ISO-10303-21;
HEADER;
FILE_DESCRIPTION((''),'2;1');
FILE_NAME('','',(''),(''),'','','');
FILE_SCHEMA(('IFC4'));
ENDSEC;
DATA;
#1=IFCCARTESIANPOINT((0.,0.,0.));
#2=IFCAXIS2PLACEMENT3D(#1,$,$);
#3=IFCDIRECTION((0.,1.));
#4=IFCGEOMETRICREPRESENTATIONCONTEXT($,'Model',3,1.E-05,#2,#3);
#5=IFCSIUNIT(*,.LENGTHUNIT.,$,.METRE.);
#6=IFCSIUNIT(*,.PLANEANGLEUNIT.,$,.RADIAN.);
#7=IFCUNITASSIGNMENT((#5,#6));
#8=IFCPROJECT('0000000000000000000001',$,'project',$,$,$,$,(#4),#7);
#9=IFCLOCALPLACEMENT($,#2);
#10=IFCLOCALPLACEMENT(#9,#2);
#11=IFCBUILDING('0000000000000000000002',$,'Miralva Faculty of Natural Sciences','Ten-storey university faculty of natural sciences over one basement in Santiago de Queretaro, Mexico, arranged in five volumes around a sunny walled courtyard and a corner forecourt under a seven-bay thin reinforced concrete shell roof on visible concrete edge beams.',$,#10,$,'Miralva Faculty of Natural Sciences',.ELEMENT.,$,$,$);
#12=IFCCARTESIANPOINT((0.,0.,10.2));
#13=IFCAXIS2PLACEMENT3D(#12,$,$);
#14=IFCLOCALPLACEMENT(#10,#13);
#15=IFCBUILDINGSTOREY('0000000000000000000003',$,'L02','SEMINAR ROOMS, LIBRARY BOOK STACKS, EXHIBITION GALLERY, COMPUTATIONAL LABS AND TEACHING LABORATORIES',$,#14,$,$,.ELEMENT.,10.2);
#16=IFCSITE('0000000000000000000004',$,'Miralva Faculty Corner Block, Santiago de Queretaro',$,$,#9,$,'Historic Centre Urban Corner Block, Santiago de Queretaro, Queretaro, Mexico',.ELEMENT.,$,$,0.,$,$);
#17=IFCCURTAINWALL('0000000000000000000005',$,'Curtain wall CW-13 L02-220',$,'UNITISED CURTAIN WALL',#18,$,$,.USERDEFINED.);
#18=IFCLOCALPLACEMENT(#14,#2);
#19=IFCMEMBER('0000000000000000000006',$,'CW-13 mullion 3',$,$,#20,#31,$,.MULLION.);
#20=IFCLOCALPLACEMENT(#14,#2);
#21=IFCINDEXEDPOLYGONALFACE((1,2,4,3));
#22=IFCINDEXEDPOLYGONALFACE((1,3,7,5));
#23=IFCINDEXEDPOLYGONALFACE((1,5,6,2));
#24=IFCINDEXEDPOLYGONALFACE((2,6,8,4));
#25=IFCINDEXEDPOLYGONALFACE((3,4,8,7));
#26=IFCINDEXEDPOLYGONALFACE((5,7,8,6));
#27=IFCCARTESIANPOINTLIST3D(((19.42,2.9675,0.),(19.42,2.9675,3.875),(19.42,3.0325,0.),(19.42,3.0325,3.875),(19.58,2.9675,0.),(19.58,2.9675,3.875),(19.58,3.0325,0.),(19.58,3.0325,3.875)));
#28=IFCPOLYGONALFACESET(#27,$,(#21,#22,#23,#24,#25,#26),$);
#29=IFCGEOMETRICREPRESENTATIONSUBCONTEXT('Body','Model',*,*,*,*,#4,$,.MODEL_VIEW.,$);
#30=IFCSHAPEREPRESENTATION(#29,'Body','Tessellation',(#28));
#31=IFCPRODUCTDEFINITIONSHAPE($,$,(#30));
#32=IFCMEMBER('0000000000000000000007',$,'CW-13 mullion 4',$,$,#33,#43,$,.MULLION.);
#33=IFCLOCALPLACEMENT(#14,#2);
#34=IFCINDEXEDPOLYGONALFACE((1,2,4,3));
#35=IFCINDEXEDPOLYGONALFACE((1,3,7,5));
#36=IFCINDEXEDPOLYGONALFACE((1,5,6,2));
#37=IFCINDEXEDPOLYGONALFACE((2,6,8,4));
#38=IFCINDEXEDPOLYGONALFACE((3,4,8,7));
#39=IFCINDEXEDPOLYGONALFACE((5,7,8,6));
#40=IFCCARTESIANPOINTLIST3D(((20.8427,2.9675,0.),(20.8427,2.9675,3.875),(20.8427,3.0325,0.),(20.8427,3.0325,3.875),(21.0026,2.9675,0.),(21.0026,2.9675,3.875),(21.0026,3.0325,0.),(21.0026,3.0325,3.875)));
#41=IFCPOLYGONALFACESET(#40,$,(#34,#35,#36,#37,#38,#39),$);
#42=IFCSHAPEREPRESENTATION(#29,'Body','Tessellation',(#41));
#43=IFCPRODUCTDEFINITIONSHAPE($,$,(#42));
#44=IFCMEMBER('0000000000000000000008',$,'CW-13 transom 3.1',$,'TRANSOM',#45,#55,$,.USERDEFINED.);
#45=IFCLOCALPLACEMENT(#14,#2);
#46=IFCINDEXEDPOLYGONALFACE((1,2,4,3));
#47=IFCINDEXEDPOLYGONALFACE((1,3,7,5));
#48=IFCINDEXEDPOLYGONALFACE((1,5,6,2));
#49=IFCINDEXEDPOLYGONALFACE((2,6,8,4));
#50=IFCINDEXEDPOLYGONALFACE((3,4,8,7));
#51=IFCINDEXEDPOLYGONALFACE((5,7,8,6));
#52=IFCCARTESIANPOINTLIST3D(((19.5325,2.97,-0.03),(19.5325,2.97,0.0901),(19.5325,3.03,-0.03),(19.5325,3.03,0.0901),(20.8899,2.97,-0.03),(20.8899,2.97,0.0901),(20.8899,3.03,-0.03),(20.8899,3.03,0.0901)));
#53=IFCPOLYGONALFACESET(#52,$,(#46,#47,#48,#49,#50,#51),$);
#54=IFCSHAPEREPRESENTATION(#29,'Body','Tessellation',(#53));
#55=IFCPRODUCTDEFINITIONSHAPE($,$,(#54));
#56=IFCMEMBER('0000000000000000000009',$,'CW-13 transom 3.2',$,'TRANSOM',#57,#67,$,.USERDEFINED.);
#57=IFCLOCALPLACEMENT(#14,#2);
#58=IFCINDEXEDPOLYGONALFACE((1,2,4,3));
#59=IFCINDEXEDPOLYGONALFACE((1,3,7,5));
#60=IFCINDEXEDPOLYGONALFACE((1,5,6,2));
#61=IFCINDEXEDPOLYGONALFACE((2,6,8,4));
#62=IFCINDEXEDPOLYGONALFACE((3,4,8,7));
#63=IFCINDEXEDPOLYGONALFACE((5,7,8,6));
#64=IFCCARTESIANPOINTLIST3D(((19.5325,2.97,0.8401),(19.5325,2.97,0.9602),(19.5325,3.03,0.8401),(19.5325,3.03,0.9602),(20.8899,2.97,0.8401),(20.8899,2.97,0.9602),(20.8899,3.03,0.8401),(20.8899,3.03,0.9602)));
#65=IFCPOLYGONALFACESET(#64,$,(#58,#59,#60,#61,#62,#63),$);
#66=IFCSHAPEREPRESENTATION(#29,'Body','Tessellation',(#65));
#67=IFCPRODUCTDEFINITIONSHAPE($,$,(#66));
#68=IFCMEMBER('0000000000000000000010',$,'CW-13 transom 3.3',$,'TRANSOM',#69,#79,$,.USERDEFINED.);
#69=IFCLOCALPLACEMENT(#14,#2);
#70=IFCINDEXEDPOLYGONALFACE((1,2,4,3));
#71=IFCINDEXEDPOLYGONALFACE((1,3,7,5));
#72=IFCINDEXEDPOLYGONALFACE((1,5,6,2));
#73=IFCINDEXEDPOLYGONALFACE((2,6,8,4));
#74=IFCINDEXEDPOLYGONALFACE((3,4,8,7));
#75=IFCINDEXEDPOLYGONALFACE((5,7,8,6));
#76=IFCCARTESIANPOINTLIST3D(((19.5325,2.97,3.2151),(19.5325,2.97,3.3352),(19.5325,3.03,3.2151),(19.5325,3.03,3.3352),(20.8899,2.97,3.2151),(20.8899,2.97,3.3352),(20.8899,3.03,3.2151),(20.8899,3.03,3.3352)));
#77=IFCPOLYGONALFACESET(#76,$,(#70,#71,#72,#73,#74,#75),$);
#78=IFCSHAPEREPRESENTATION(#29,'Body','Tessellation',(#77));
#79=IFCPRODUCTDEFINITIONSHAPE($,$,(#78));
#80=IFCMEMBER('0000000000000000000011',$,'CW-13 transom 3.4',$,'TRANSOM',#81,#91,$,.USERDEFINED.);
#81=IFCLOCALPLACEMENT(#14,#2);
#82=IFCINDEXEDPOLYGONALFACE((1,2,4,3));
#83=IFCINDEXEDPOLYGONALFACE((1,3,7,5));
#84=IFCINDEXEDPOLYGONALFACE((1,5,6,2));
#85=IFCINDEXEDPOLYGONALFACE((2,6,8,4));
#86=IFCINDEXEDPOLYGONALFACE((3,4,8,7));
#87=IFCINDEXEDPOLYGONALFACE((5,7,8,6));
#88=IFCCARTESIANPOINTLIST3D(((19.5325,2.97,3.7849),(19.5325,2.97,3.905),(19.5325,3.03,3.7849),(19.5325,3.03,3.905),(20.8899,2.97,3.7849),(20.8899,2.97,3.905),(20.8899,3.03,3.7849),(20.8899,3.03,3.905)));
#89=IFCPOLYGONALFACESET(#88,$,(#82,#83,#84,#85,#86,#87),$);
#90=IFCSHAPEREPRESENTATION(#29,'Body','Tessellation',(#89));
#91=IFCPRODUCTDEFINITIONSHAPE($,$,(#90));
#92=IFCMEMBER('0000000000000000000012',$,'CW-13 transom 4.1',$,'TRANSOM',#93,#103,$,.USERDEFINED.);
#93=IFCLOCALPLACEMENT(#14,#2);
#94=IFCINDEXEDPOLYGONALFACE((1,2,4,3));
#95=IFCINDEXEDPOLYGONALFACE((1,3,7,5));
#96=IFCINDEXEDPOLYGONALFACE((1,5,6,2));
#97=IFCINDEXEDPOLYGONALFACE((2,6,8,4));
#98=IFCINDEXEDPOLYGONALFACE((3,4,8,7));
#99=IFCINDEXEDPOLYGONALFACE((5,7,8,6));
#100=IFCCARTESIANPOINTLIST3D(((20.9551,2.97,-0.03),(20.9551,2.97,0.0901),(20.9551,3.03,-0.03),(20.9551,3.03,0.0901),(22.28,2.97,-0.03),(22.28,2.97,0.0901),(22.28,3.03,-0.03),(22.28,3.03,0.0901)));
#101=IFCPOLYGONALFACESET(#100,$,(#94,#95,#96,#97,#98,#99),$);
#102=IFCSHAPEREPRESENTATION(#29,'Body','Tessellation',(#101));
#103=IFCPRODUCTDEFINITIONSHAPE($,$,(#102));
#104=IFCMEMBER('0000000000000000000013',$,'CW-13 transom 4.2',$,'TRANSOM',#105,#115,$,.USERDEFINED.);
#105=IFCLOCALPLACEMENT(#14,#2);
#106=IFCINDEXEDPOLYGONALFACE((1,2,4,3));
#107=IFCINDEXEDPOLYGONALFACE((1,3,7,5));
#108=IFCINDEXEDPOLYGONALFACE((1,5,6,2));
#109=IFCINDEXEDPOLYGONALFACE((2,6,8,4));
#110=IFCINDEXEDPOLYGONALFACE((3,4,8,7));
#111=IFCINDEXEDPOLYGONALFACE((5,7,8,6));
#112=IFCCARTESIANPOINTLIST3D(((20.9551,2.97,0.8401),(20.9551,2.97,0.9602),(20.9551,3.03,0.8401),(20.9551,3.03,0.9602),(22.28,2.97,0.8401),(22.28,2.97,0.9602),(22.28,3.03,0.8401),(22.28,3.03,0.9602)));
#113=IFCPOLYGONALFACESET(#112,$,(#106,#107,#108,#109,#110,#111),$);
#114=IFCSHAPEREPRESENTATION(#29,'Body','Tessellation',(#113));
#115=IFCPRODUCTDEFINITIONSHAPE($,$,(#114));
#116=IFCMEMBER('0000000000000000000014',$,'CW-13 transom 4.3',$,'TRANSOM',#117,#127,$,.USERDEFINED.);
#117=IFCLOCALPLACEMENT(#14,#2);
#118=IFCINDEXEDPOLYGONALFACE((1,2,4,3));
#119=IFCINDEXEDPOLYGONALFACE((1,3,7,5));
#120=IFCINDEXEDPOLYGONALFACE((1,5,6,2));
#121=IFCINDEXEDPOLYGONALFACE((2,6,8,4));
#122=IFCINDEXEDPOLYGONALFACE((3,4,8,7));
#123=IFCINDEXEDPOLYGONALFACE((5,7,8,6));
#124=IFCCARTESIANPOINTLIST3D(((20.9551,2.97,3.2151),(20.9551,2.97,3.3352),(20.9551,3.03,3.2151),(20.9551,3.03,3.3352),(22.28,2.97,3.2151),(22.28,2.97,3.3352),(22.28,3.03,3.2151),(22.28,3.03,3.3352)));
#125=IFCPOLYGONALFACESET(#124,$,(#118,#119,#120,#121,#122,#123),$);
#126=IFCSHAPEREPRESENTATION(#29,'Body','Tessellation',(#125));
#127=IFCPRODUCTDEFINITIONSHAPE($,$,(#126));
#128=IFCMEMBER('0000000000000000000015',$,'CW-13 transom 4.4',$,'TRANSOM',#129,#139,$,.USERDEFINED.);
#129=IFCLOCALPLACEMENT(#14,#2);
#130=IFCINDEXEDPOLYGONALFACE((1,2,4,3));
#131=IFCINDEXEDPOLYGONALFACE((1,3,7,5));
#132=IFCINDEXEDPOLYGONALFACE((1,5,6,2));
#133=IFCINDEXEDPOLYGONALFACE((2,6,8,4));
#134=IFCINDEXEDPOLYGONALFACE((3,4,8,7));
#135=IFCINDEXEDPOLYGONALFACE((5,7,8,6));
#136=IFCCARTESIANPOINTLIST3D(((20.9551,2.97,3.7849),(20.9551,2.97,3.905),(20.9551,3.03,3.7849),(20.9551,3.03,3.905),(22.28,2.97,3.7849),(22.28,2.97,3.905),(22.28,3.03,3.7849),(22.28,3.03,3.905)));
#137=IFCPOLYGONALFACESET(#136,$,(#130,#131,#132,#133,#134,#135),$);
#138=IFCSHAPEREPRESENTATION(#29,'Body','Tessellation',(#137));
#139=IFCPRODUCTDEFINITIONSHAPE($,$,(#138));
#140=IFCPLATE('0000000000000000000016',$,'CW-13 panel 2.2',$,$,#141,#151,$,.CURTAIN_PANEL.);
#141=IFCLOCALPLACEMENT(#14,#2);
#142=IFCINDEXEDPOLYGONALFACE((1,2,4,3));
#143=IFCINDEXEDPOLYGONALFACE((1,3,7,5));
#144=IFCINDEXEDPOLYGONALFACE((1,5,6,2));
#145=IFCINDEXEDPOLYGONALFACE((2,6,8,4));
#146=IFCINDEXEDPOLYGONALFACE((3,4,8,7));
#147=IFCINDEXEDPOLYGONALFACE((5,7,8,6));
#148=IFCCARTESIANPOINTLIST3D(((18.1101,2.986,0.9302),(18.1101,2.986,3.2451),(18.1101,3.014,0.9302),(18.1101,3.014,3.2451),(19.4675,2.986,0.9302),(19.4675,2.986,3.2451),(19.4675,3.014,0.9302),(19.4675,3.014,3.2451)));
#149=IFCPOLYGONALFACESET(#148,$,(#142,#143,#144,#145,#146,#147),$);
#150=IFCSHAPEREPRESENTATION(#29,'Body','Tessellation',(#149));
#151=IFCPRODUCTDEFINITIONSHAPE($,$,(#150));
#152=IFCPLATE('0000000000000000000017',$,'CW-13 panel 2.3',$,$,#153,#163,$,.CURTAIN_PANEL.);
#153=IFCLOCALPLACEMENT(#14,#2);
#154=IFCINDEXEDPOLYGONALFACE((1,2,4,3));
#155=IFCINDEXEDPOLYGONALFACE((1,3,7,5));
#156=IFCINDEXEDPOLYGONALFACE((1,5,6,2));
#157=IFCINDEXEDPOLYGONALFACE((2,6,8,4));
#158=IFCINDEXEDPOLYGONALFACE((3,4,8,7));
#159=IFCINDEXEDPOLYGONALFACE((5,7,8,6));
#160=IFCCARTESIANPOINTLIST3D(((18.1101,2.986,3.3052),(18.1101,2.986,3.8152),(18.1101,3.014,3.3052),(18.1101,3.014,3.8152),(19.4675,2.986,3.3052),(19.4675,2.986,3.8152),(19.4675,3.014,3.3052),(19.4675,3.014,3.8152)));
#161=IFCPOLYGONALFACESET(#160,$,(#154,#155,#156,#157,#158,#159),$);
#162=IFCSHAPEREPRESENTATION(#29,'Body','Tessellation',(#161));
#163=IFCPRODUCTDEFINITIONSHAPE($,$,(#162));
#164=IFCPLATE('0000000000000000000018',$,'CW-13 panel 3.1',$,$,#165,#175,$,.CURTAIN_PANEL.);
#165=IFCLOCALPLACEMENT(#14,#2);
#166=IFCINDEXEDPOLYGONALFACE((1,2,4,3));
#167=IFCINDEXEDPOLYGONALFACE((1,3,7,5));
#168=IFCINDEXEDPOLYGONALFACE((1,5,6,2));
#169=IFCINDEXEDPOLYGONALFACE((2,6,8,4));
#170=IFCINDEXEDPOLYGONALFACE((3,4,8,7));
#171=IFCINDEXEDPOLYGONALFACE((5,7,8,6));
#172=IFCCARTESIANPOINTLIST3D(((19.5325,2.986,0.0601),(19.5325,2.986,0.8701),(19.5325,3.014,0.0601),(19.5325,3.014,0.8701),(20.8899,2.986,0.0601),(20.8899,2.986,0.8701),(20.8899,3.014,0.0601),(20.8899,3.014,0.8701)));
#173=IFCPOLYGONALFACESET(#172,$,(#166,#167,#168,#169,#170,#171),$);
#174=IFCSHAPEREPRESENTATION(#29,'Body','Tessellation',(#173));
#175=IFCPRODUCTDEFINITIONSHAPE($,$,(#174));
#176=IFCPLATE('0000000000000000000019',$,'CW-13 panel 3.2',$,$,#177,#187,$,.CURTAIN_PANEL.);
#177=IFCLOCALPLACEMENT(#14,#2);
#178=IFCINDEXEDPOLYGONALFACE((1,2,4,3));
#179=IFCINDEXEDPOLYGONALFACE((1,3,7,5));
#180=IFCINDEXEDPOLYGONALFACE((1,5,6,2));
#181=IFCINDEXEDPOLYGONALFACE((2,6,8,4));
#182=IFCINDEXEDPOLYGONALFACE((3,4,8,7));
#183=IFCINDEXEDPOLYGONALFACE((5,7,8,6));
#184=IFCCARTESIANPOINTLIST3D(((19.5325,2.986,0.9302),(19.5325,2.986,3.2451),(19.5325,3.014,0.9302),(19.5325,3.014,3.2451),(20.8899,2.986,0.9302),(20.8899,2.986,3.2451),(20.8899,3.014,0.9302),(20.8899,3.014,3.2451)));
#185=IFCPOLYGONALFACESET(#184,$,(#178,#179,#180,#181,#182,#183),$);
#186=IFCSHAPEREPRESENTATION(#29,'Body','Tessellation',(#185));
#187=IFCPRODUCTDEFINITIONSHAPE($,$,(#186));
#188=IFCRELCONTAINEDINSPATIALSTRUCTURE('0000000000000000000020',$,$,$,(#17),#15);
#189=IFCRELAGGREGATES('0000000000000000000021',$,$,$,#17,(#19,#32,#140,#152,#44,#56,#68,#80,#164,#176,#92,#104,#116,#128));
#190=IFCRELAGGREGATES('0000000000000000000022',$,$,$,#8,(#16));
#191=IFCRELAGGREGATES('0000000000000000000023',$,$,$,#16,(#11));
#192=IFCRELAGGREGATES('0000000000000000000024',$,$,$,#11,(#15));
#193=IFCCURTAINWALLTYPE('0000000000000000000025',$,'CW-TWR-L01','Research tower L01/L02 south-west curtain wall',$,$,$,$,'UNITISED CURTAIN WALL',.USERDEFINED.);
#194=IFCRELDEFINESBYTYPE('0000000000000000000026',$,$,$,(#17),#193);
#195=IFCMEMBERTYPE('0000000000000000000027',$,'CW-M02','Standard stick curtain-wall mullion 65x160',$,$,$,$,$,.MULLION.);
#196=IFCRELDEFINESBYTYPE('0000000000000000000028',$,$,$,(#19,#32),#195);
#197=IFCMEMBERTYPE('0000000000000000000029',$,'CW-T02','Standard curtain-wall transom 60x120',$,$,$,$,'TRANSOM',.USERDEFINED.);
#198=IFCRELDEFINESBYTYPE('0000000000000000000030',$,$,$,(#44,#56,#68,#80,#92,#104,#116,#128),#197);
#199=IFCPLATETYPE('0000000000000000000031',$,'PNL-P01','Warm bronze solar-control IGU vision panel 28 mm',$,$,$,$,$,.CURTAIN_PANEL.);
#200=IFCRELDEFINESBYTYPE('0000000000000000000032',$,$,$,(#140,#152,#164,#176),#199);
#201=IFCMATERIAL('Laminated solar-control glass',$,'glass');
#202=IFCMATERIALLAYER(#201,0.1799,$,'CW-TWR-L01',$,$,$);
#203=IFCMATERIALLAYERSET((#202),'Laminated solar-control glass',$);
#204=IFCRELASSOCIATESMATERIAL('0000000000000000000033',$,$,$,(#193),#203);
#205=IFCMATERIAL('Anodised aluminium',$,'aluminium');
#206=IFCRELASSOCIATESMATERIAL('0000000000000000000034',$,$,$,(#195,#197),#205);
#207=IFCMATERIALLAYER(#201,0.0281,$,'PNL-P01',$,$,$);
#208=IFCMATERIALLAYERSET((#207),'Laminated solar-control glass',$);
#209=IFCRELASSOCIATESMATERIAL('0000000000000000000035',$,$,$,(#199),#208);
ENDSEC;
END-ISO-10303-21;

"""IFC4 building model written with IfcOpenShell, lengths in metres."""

from ifc_helpers import new_model, si_unit, direction, frame, origin, origin_2d, place, context, subcontext, project, spatial, rectangle, extrude, material, layer, layer_set, material_profile, profile_set, type_object, element, aggregate, save


model = new_model("IFC4")

# Units and contexts
model_context = context("Model", 3, precision=1e-05, world=origin(), true_north=direction((0.0, 1.0)))
body_context = subcontext(model_context, "Body", "Model", "MODEL_VIEW")
ifc_project = project(units=[si_unit("LENGTHUNIT", "METRE"), si_unit("PLANEANGLEUNIT", "RADIAN")], contexts=[model_context])

# Site, building, storey
site_placement = place(None, origin())
site = spatial("IfcSite", under=ifc_project, at=site_placement, Name="Miralva Faculty Corner Block, Santiago de Queretaro", LongName="Historic Centre Urban Corner Block, Santiago de Queretaro, Queretaro, Mexico", CompositionType="ELEMENT", RefElevation=0.0)
building_placement = place(site_placement, origin())
building = spatial("IfcBuilding", under=site, at=building_placement, Name="Miralva Faculty of Natural Sciences", Description="Ten-storey university faculty of natural sciences over one basement in Santiago de Queretaro, Mexico, arranged in five volumes around a sunny walled courtyard and a corner forecourt under a seven-bay thin reinforced concrete shell roof on visible concrete edge beams.", LongName="Miralva Faculty of Natural Sciences", CompositionType="ELEMENT")
storey_placement = place(building_placement, frame((0.0, 0.0, 10.2)))
storey = spatial("IfcBuildingStorey", under=building, at=storey_placement, Name="L02", Description="SEMINAR ROOMS, LIBRARY BOOK STACKS, EXHIBITION GALLERY, COMPUTATIONAL LABS AND TEACHING LABORATORIES", CompositionType="ELEMENT", Elevation=10.2)

# Curtain wall, members, plates
ifc_material_1 = material(Name="Laminated solar-control glass", Category="glass")
ifc_layer_1 = layer(ifc_material_1, 0.1799, Name="CW-TWR-L01")
ifc_layer_set_1 = layer_set([ifc_layer_1], Name="Laminated solar-control glass")
curtain_wall_type = type_object("IfcCurtainWallType", Name="CW-TWR-L01", Description="Research tower L01/L02 south-west curtain wall", ElementType="UNITISED CURTAIN WALL", PredefinedType="USERDEFINED", material=ifc_layer_set_1)
curtain_wall_placement = place(storey_placement, origin())
curtain_wall = element("IfcCurtainWall", 1, at=curtain_wall_placement, inside=storey, type_object=curtain_wall_type, Name="Curtain wall CW-13 L02-220", ObjectType="UNITISED CURTAIN WALL", PredefinedType="USERDEFINED")
ifc_material_2 = material(Name="Anodised aluminium", Category="aluminium")
ifc_material_profile_1 = material_profile(ifc_material_2, rectangle(XDim=0.0649, YDim=0.1599, at=origin_2d()), Name="MULLION 65x160")
ifc_profile_set_1 = profile_set([ifc_material_profile_1], Name="Anodised aluminium")
member_type_1 = type_object("IfcMemberType", Name="CW-M02", Description="Standard stick curtain-wall mullion 65x160", PredefinedType="MULLION", material=ifc_profile_set_1)
member_1_placement = place(storey_placement, frame((19.5, 3.0, 0.0), z_axis=(0.0, 0.0, 1.0), x_axis=(0.0, 1.0, 0.0)))
member_1 = element("IfcMember", 2, at=member_1_placement, type_object=member_type_1, Name="CW-13 mullion 3", PredefinedType="MULLION", context=body_context, shape_type="SweptSolid", body=[
    extrude(rectangle(XDim=0.0649, YDim=0.1599, at=origin_2d()), origin(), (0.0, 0.0, 1.0), 3.875),
])
member_2_placement = place(storey_placement, frame((20.9226, 3.0, 0.0), z_axis=(0.0, 0.0, 1.0), x_axis=(0.0, 1.0, 0.0)))
member_2 = element("IfcMember", 3, at=member_2_placement, type_object=member_type_1, Name="CW-13 mullion 4", PredefinedType="MULLION", context=body_context, shape_type="SweptSolid", body=[
    extrude(rectangle(XDim=0.0649, YDim=0.1599, at=origin_2d()), origin(), (0.0, 0.0, 1.0), 3.875),
])
ifc_material_profile_2 = material_profile(ifc_material_2, rectangle(XDim=0.0601, YDim=0.1201, at=origin_2d()), Name="TRANSOM 60x120")
ifc_profile_set_2 = profile_set([ifc_material_profile_2], Name="Anodised aluminium")
member_type_2 = type_object("IfcMemberType", Name="CW-T02", Description="Standard curtain-wall transom 60x120", ElementType="TRANSOM", PredefinedType="USERDEFINED", material=ifc_profile_set_2)
member_3_placement = place(storey_placement, frame((19.5325, 3.0, 0.03), z_axis=(1.0, 0.0, 0.0), x_axis=(0.0, 1.0, 0.0)))
member_3 = element("IfcMember", 4, at=member_3_placement, type_object=member_type_2, Name="CW-13 transom 3.1", ObjectType="TRANSOM", PredefinedType="USERDEFINED", context=body_context, shape_type="SweptSolid", body=[
    extrude(rectangle(XDim=0.0601, YDim=0.1201, at=origin_2d()), origin(), (0.0, 0.0, 1.0), 1.3574),
])
member_4_placement = place(storey_placement, frame((19.5325, 3.0, 0.9001), z_axis=(1.0, 0.0, 0.0), x_axis=(0.0, 1.0, 0.0)))
member_4 = element("IfcMember", 5, at=member_4_placement, type_object=member_type_2, Name="CW-13 transom 3.2", ObjectType="TRANSOM", PredefinedType="USERDEFINED", context=body_context, shape_type="SweptSolid", body=[
    extrude(rectangle(XDim=0.0601, YDim=0.1201, at=origin_2d()), origin(), (0.0, 0.0, 1.0), 1.3574),
])
member_5_placement = place(storey_placement, frame((19.5325, 3.0, 3.2751), z_axis=(1.0, 0.0, 0.0), x_axis=(0.0, 1.0, 0.0)))
member_5 = element("IfcMember", 6, at=member_5_placement, type_object=member_type_2, Name="CW-13 transom 3.3", ObjectType="TRANSOM", PredefinedType="USERDEFINED", context=body_context, shape_type="SweptSolid", body=[
    extrude(rectangle(XDim=0.0601, YDim=0.1201, at=origin_2d()), origin(), (0.0, 0.0, 1.0), 1.3574),
])
member_6_placement = place(storey_placement, frame((19.5325, 3.0, 3.845), z_axis=(1.0, 0.0, 0.0), x_axis=(0.0, 1.0, 0.0)))
member_6 = element("IfcMember", 7, at=member_6_placement, type_object=member_type_2, Name="CW-13 transom 3.4", ObjectType="TRANSOM", PredefinedType="USERDEFINED", context=body_context, shape_type="SweptSolid", body=[
    extrude(rectangle(XDim=0.0601, YDim=0.1201, at=origin_2d()), origin(), (0.0, 0.0, 1.0), 1.3574),
])
member_7_placement = place(storey_placement, frame((20.9551, 3.0, 0.03), z_axis=(1.0, 0.0, 0.0), x_axis=(0.0, 1.0, 0.0)))
member_7 = element("IfcMember", 8, at=member_7_placement, type_object=member_type_2, Name="CW-13 transom 4.1", ObjectType="TRANSOM", PredefinedType="USERDEFINED", context=body_context, shape_type="SweptSolid", body=[
    extrude(rectangle(XDim=0.0601, YDim=0.1201, at=origin_2d()), origin(), (0.0, 0.0, 1.0), 1.325),
])
member_8_placement = place(storey_placement, frame((20.9551, 3.0, 0.9001), z_axis=(1.0, 0.0, 0.0), x_axis=(0.0, 1.0, 0.0)))
member_8 = element("IfcMember", 9, at=member_8_placement, type_object=member_type_2, Name="CW-13 transom 4.2", ObjectType="TRANSOM", PredefinedType="USERDEFINED", context=body_context, shape_type="SweptSolid", body=[
    extrude(rectangle(XDim=0.0601, YDim=0.1201, at=origin_2d()), origin(), (0.0, 0.0, 1.0), 1.325),
])
member_9_placement = place(storey_placement, frame((20.9551, 3.0, 3.2751), z_axis=(1.0, 0.0, 0.0), x_axis=(0.0, 1.0, 0.0)))
member_9 = element("IfcMember", 10, at=member_9_placement, type_object=member_type_2, Name="CW-13 transom 4.3", ObjectType="TRANSOM", PredefinedType="USERDEFINED", context=body_context, shape_type="SweptSolid", body=[
    extrude(rectangle(XDim=0.0601, YDim=0.1201, at=origin_2d()), origin(), (0.0, 0.0, 1.0), 1.325),
])
member_10_placement = place(storey_placement, frame((20.9551, 3.0, 3.845), z_axis=(1.0, 0.0, 0.0), x_axis=(0.0, 1.0, 0.0)))
member_10 = element("IfcMember", 11, at=member_10_placement, type_object=member_type_2, Name="CW-13 transom 4.4", ObjectType="TRANSOM", PredefinedType="USERDEFINED", context=body_context, shape_type="SweptSolid", body=[
    extrude(rectangle(XDim=0.0601, YDim=0.1201, at=origin_2d()), origin(), (0.0, 0.0, 1.0), 1.325),
])
ifc_layer_2 = layer(ifc_material_1, 0.0281, Name="PNL-P01")
ifc_layer_set_2 = layer_set([ifc_layer_2], Name="Laminated solar-control glass")
plate_type = type_object("IfcPlateType", Name="PNL-P01", Description="Warm bronze solar-control IGU vision panel 28 mm", PredefinedType="CURTAIN_PANEL", material=ifc_layer_set_2)
plate_1_placement = place(storey_placement, frame((18.7888, 3.0, 0.9302), z_axis=(0.0, 0.0, 1.0), x_axis=(1.0, 0.0, 0.0)))
plate_1 = element("IfcPlate", 12, at=plate_1_placement, type_object=plate_type, Name="CW-13 panel 2.2", PredefinedType="CURTAIN_PANEL", context=body_context, shape_type="SweptSolid", body=[
    extrude(rectangle(XDim=1.3574, YDim=0.0281, at=origin_2d()), origin(), (0.0, 0.0, 1.0), 2.3149),
])
plate_2_placement = place(storey_placement, frame((18.7888, 3.0, 3.3052), z_axis=(0.0, 0.0, 1.0), x_axis=(1.0, 0.0, 0.0)))
plate_2 = element("IfcPlate", 13, at=plate_2_placement, type_object=plate_type, Name="CW-13 panel 2.3", PredefinedType="CURTAIN_PANEL", context=body_context, shape_type="SweptSolid", body=[
    extrude(rectangle(XDim=1.3574, YDim=0.0281, at=origin_2d()), origin(), (0.0, 0.0, 1.0), 0.51),
])
plate_3_placement = place(storey_placement, frame((20.2112, 3.0, 0.0601), z_axis=(0.0, 0.0, 1.0), x_axis=(1.0, 0.0, 0.0)))
plate_3 = element("IfcPlate", 14, at=plate_3_placement, type_object=plate_type, Name="CW-13 panel 3.1", PredefinedType="CURTAIN_PANEL", context=body_context, shape_type="SweptSolid", body=[
    extrude(rectangle(XDim=1.3574, YDim=0.0281, at=origin_2d()), origin(), (0.0, 0.0, 1.0), 0.8101),
])
plate_4_placement = place(storey_placement, frame((20.2112, 3.0, 0.9302), z_axis=(0.0, 0.0, 1.0), x_axis=(1.0, 0.0, 0.0)))
plate_4 = element("IfcPlate", 15, at=plate_4_placement, type_object=plate_type, Name="CW-13 panel 3.2", PredefinedType="CURTAIN_PANEL", context=body_context, shape_type="SweptSolid", body=[
    extrude(rectangle(XDim=1.3574, YDim=0.0281, at=origin_2d()), origin(), (0.0, 0.0, 1.0), 2.3149),
])
aggregate(curtain_wall, [member_1, member_2, plate_1, plate_2, member_3, member_4, member_5, member_6, plate_3, plate_4, member_7, member_8, member_9, member_10])

save(model, "model.ifc")
